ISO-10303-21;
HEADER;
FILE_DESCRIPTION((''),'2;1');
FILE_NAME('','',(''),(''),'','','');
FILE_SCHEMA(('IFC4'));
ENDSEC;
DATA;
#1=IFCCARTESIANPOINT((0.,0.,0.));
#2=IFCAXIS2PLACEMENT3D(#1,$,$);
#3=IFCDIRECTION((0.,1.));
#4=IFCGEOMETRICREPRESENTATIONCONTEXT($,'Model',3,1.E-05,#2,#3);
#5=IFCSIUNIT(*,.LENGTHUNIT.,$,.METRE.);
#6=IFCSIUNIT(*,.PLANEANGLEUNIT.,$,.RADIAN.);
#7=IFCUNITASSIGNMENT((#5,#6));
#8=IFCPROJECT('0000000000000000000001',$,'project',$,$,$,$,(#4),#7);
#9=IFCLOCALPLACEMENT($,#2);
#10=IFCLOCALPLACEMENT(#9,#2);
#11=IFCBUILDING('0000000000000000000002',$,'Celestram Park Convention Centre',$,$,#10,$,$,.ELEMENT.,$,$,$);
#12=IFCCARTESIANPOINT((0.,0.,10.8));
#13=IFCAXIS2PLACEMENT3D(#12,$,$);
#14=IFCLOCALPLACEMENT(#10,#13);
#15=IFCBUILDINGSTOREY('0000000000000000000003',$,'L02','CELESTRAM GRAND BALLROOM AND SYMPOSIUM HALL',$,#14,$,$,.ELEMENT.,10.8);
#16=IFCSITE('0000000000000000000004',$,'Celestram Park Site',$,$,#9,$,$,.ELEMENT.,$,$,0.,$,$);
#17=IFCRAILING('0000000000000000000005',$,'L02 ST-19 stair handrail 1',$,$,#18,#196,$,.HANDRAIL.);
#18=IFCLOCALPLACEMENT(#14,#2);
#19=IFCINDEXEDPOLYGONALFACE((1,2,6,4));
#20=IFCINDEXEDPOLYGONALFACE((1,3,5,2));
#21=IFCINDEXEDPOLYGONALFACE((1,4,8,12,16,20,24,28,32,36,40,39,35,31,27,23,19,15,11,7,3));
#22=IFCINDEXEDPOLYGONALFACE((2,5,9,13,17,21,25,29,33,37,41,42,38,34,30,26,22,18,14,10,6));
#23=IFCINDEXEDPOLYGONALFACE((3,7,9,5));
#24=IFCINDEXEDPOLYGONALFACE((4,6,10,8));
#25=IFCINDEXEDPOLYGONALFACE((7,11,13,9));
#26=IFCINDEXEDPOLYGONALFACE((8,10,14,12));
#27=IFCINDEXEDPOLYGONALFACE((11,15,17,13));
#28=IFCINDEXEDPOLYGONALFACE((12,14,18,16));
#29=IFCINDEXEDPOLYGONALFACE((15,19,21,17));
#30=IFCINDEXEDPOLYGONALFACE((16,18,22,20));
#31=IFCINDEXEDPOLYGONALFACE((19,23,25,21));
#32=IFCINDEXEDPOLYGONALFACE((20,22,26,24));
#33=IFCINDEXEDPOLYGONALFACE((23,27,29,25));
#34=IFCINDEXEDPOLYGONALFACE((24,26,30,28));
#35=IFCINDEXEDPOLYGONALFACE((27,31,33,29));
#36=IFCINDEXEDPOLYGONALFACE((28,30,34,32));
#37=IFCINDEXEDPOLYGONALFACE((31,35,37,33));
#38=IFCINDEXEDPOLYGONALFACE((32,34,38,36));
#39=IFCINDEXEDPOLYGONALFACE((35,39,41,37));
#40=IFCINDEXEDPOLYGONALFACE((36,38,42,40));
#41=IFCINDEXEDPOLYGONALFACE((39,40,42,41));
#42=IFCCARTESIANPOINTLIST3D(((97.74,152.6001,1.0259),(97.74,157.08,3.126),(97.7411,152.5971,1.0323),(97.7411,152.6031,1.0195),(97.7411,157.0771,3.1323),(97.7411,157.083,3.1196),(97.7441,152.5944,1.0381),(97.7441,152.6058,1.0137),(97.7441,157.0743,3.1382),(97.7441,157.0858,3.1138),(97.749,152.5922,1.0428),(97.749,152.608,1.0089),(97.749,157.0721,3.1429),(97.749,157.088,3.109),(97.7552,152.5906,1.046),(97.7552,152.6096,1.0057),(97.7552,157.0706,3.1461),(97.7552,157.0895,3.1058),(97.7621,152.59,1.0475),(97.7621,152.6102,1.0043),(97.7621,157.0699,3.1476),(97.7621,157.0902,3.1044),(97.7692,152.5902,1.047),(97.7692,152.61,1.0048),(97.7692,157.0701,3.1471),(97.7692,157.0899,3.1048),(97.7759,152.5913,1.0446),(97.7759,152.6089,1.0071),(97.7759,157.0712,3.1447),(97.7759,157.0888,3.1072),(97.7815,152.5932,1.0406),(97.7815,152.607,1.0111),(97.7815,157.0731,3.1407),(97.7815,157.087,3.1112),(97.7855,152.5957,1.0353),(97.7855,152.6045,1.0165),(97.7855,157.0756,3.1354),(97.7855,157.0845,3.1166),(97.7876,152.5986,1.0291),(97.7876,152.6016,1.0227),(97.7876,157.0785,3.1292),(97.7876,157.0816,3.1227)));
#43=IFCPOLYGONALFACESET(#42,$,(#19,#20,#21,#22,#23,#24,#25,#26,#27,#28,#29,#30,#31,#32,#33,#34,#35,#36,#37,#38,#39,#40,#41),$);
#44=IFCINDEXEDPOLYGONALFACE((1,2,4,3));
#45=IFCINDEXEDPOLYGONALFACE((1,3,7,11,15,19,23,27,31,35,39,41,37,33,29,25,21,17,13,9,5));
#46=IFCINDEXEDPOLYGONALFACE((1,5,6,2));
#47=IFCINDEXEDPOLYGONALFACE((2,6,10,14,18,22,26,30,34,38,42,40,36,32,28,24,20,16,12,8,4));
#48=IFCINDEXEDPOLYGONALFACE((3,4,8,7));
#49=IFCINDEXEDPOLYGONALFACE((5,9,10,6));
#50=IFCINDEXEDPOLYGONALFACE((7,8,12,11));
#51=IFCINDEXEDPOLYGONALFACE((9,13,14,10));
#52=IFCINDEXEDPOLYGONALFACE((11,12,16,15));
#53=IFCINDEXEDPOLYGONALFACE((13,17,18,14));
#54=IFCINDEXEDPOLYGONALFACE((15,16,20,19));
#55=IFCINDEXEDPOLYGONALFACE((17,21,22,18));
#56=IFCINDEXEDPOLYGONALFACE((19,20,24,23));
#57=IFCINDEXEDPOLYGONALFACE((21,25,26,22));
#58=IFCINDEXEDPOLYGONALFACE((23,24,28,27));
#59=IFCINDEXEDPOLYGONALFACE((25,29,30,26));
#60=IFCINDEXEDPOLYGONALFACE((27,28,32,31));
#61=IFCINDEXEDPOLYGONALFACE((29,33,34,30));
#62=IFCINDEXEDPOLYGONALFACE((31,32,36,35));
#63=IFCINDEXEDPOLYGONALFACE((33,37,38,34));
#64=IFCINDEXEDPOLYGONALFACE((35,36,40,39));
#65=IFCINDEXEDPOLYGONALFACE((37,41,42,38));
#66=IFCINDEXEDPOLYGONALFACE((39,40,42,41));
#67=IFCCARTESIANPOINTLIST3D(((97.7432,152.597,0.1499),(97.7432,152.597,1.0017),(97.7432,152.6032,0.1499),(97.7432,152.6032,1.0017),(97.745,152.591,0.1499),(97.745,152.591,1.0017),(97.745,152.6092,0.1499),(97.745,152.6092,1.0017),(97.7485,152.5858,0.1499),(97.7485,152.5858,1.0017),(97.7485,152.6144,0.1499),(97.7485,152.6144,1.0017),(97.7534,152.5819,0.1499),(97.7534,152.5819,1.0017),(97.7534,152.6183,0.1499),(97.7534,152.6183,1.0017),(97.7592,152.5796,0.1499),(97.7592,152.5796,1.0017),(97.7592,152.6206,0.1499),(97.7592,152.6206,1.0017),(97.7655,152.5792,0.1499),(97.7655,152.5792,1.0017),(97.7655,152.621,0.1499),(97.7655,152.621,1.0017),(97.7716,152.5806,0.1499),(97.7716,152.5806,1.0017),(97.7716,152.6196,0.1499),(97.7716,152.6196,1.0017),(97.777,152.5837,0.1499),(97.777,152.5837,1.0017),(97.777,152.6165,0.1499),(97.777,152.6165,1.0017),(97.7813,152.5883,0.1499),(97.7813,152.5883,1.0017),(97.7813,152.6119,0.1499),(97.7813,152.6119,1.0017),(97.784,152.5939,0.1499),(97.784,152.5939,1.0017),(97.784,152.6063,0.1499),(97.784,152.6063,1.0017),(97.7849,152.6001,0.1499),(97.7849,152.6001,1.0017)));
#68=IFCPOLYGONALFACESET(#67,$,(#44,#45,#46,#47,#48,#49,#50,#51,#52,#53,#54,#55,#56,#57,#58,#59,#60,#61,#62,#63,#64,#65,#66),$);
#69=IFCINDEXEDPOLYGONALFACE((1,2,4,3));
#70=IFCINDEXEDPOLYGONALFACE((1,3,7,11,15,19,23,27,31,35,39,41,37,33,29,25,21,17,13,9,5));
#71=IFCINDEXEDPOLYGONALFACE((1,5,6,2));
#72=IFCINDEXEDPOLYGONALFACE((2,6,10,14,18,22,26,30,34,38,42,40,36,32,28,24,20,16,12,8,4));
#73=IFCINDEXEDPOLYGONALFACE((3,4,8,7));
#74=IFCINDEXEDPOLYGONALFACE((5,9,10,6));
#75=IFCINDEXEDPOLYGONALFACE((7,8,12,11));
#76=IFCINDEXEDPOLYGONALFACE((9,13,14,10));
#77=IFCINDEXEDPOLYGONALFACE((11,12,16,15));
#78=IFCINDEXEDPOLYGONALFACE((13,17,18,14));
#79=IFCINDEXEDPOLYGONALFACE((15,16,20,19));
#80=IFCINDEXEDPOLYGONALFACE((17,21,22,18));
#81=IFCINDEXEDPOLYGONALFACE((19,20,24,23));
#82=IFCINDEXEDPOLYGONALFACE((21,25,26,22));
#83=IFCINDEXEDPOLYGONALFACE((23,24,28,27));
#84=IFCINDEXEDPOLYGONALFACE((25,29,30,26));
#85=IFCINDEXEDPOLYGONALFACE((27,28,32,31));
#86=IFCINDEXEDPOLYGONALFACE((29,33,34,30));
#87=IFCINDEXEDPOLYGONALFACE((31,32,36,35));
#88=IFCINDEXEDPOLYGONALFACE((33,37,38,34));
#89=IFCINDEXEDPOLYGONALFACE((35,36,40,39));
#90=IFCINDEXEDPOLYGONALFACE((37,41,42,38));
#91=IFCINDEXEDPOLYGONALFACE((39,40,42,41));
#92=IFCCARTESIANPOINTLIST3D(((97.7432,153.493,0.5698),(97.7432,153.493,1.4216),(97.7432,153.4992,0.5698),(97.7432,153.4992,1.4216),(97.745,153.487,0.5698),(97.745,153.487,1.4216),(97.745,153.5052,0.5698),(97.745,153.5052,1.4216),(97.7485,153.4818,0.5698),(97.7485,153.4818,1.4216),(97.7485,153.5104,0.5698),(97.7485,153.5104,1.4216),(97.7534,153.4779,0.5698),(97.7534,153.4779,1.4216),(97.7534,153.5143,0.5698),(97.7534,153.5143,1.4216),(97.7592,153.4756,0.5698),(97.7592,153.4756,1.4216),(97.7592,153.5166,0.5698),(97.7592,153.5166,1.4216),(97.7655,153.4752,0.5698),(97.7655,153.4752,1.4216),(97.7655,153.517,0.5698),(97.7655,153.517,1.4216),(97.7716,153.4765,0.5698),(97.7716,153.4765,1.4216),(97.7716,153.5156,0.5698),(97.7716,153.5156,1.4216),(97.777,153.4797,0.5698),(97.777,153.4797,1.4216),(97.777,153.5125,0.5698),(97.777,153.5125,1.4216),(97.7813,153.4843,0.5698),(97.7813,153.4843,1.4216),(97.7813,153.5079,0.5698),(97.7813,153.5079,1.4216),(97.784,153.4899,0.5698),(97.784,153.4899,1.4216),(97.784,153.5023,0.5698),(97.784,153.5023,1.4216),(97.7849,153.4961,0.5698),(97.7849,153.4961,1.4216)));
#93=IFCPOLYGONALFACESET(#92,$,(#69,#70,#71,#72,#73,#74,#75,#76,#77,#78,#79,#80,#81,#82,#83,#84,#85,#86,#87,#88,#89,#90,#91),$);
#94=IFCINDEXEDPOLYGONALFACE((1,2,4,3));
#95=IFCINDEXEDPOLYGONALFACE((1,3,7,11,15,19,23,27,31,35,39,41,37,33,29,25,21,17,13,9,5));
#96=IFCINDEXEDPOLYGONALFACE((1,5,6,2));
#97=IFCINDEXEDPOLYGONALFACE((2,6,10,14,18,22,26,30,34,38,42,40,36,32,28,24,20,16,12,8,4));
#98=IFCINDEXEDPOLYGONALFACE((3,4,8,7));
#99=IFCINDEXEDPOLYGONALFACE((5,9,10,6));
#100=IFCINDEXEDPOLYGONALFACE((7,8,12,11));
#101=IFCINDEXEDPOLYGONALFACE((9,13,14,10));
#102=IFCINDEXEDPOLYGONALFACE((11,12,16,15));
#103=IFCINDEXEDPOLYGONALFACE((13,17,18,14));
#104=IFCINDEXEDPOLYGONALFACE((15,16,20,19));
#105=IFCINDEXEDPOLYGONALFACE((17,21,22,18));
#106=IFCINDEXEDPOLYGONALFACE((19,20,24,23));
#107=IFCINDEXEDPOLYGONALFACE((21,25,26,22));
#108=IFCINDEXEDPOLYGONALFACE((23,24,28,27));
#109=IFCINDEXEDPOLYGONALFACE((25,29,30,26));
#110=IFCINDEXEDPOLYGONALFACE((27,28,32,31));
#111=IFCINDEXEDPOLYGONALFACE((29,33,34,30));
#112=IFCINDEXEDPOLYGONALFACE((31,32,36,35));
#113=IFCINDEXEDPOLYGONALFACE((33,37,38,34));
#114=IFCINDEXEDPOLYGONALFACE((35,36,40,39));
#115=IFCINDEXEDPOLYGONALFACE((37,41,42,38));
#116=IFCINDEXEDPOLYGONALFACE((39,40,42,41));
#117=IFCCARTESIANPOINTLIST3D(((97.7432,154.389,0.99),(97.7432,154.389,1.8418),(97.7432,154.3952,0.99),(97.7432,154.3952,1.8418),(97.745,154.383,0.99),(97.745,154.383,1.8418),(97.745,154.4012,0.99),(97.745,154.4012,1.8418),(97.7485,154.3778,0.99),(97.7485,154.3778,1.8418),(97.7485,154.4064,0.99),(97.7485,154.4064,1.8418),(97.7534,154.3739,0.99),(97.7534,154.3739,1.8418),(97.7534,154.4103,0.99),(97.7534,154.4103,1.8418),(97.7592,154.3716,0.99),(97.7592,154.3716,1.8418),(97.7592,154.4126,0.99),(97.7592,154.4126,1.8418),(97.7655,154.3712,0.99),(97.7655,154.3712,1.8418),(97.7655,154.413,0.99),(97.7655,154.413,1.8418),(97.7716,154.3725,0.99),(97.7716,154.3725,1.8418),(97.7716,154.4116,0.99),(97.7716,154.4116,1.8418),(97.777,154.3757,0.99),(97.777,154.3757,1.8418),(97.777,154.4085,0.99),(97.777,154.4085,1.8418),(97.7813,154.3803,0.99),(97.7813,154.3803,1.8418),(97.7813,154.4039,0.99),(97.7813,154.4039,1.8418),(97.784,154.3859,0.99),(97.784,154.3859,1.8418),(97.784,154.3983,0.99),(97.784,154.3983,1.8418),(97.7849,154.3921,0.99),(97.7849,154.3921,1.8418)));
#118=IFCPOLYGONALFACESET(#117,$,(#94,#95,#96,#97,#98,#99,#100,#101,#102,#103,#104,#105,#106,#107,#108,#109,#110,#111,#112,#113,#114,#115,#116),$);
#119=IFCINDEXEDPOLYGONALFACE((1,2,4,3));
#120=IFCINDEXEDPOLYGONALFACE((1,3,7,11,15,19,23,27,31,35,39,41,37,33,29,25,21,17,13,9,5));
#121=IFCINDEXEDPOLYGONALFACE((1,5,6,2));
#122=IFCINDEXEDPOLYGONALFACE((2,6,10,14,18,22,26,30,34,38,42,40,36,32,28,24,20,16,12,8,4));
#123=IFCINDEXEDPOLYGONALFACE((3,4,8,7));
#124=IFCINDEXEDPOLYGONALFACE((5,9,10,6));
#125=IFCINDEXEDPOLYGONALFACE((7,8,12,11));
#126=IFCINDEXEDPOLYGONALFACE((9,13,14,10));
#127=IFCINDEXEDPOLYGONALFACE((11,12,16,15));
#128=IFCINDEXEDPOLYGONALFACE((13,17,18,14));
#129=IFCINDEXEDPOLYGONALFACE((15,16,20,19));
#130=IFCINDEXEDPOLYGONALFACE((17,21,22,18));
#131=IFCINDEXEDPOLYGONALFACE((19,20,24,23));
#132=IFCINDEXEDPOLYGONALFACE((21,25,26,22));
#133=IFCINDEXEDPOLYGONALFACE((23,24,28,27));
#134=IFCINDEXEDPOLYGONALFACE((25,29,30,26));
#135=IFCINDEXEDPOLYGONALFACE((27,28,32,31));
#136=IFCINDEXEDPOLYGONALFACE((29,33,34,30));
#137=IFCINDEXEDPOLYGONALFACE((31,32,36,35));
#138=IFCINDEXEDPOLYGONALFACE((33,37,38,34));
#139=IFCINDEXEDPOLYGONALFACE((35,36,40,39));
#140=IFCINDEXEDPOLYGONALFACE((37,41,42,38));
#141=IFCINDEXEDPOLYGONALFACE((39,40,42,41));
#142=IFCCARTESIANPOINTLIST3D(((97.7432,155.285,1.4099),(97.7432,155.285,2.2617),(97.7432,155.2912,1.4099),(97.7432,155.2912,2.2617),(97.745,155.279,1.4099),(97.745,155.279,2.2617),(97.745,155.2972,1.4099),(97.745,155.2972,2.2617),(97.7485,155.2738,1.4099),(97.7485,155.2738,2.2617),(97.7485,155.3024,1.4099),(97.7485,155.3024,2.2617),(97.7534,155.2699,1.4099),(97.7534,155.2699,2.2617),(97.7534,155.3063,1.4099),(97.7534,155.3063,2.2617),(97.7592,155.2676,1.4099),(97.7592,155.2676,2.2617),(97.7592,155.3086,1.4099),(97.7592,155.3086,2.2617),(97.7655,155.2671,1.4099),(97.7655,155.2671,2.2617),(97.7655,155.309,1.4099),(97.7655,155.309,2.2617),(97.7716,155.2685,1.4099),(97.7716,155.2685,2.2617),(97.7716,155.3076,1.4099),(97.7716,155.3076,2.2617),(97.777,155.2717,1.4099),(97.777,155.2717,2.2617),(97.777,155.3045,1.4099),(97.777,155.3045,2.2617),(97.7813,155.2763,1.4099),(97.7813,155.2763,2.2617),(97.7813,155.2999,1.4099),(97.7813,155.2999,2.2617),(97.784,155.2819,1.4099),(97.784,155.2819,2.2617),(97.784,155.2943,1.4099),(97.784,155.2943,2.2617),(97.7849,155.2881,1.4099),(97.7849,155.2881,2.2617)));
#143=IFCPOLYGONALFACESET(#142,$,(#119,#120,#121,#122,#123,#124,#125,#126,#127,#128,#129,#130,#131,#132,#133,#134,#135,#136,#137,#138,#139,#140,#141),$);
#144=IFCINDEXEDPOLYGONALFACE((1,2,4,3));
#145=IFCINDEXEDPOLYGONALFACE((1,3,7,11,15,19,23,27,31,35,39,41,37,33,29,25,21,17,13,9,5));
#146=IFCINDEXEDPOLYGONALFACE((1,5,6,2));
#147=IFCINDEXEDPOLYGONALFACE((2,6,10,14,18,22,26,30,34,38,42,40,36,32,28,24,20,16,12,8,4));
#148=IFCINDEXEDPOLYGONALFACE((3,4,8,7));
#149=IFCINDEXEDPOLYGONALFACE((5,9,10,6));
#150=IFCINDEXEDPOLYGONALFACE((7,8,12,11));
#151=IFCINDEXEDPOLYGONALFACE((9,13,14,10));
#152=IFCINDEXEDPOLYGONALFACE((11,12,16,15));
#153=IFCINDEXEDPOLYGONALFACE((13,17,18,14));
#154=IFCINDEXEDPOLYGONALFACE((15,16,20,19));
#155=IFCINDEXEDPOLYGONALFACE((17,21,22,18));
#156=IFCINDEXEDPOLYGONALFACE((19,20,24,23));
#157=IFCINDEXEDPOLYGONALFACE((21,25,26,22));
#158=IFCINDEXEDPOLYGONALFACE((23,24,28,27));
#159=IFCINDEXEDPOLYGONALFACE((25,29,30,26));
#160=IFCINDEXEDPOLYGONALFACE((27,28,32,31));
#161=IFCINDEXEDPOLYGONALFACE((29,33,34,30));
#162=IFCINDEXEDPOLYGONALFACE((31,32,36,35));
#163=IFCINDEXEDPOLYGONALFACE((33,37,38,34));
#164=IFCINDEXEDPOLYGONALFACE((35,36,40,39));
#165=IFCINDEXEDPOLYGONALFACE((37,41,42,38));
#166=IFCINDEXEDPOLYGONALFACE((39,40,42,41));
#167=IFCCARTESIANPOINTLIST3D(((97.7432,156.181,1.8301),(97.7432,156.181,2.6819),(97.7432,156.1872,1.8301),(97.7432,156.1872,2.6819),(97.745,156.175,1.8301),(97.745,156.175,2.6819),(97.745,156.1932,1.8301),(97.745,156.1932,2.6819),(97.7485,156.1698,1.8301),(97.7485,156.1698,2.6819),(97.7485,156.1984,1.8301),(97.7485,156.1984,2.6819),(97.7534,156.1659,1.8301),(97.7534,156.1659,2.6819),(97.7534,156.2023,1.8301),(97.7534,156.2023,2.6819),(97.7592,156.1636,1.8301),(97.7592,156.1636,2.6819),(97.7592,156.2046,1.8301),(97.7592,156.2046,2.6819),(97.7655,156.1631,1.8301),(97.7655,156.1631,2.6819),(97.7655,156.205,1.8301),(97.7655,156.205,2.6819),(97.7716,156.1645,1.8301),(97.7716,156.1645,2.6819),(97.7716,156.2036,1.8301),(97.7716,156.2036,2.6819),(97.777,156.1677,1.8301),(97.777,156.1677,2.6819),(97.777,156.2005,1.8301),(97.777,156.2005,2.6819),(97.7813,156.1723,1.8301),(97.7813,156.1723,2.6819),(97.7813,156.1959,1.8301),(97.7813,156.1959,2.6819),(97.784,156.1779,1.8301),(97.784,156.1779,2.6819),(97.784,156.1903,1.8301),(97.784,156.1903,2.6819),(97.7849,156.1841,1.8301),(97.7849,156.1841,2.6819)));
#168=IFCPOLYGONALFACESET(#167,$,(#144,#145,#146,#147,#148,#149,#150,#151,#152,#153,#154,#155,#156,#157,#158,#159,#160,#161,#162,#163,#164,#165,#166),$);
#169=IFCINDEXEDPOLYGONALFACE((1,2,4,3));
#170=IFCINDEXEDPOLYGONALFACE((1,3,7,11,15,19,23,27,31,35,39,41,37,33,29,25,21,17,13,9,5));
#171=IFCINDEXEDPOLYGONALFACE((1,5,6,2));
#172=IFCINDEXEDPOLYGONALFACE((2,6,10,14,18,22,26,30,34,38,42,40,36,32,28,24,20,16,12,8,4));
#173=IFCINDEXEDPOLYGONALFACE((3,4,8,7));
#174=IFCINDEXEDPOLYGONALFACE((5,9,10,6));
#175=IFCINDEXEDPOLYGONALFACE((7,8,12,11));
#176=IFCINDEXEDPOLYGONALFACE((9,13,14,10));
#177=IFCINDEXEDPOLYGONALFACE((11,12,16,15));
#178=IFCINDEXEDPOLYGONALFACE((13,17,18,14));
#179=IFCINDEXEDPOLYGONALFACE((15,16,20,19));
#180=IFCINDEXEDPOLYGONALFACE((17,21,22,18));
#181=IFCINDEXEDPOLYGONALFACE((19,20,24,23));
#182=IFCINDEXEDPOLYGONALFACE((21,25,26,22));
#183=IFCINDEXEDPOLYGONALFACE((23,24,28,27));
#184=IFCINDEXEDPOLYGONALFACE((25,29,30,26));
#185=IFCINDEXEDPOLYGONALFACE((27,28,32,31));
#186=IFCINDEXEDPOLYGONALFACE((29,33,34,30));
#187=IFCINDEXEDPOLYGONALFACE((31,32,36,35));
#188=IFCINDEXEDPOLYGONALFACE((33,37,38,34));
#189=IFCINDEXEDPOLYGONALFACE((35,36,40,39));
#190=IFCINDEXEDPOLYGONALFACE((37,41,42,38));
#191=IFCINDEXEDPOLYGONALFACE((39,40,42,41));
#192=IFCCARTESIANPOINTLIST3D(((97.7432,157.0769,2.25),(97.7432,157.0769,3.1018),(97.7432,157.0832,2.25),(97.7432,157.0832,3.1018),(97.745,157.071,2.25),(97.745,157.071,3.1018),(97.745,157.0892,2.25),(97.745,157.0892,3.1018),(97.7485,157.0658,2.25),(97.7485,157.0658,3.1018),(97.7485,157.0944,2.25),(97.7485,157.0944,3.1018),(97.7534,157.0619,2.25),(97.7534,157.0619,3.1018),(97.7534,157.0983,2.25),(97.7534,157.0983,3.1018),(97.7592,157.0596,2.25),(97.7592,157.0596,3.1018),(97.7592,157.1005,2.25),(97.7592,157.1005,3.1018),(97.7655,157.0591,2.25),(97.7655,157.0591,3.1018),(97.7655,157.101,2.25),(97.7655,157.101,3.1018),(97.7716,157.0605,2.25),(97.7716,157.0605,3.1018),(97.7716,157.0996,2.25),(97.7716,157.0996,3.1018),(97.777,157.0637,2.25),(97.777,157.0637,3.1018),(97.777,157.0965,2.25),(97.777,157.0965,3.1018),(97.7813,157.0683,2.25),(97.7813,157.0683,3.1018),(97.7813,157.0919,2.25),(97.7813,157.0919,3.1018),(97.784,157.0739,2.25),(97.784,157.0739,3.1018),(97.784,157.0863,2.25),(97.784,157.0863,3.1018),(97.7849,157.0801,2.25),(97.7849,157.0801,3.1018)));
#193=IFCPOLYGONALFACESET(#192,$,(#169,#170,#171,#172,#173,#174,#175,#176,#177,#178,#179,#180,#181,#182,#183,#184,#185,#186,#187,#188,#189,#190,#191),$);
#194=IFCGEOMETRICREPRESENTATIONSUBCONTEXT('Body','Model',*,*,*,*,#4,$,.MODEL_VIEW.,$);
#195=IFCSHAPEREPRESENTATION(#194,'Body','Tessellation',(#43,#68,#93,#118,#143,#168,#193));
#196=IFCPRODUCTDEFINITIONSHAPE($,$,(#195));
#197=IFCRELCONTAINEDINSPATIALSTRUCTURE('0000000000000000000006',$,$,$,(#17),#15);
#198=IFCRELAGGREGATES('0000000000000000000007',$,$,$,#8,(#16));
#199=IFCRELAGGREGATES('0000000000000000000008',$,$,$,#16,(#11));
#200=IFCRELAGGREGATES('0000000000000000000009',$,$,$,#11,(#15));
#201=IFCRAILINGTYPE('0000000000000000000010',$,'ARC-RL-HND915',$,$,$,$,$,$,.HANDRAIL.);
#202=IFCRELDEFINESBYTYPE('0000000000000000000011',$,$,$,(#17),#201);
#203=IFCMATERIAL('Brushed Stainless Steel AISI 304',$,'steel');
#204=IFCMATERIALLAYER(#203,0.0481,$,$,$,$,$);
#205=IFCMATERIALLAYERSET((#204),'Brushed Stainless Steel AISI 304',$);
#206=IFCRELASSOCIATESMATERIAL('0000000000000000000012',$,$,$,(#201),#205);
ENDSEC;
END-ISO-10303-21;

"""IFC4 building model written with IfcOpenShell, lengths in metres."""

from ifc_helpers import new_model, si_unit, direction, frame, origin, origin_2d, place, context, subcontext, project, spatial, circle, extrude, material, layer, layer_set, type_object, element, save


model = new_model("IFC4")

# Units and contexts
model_context = context("Model", 3, precision=1e-05, world=origin(), true_north=direction((0.0, 1.0)))
body_context = subcontext(model_context, "Body", "Model", "MODEL_VIEW")
ifc_project = project(units=[si_unit("LENGTHUNIT", "METRE"), si_unit("PLANEANGLEUNIT", "RADIAN")], contexts=[model_context])

# Site, building, storey
site_placement = place(None, origin())
site = spatial("IfcSite", under=ifc_project, at=site_placement, Name="Celestram Park Site", CompositionType="ELEMENT", RefElevation=0.0)
building_placement = place(site_placement, origin())
building = spatial("IfcBuilding", under=site, at=building_placement, Name="Celestram Park Convention Centre", CompositionType="ELEMENT")
storey_placement = place(building_placement, frame((0.0, 0.0, 10.8)))
storey = spatial("IfcBuildingStorey", under=building, at=storey_placement, Name="L02", Description="CELESTRAM GRAND BALLROOM AND SYMPOSIUM HALL", CompositionType="ELEMENT", Elevation=10.8)

# Railing
ifc_material_1 = material(Name="Brushed Stainless Steel AISI 304", Category="steel")
ifc_layer_1 = layer(ifc_material_1, 0.0481)
ifc_layer_set_1 = layer_set([ifc_layer_1], Name="Brushed Stainless Steel AISI 304")
railing_type_1 = type_object("IfcRailingType", Name="ARC-RL-HND915", PredefinedType="HANDRAIL", material=ifc_layer_set_1)
railing_1_placement = place(storey_placement, frame((97.7639, 152.6001, 0.1499)))
element("IfcRailing", 1, at=railing_1_placement, inside=storey, type_object=railing_type_1, Name="L02 ST-19 stair handrail 1", PredefinedType="HANDRAIL", context=body_context, shape_type="SweptSolid", body=[
    extrude(circle(Radius=0.0239, at=origin_2d()), frame((0.0, 0.0, 0.876), z_axis=(0.0, 0.905451, 0.424452), x_axis=(-1.0, 0.0, 0.0)), (0.0, 0.0, 1.0), 4.9478),
    extrude(circle(Radius=0.021, at=origin_2d()), origin(), (0.0, 0.0, 1.0), 0.8518),
    extrude(circle(Radius=0.021, at=origin_2d()), frame((0.0, 0.896, 0.4199)), (0.0, 0.0, 1.0), 0.8518),
    extrude(circle(Radius=0.021, at=origin_2d()), frame((0.0, 1.792, 0.8401)), (0.0, 0.0, 1.0), 0.8518),
    extrude(circle(Radius=0.021, at=origin_2d()), frame((0.0, 2.688, 1.26)), (0.0, 0.0, 1.0), 0.8518),
    extrude(circle(Radius=0.021, at=origin_2d()), frame((0.0, 3.584, 1.6802)), (0.0, 0.0, 1.0), 0.8518),
    extrude(circle(Radius=0.021, at=origin_2d()), frame((0.0, 4.48, 2.1001)), (0.0, 0.0, 1.0), 0.8518),
])

save(model, "model.ifc")
